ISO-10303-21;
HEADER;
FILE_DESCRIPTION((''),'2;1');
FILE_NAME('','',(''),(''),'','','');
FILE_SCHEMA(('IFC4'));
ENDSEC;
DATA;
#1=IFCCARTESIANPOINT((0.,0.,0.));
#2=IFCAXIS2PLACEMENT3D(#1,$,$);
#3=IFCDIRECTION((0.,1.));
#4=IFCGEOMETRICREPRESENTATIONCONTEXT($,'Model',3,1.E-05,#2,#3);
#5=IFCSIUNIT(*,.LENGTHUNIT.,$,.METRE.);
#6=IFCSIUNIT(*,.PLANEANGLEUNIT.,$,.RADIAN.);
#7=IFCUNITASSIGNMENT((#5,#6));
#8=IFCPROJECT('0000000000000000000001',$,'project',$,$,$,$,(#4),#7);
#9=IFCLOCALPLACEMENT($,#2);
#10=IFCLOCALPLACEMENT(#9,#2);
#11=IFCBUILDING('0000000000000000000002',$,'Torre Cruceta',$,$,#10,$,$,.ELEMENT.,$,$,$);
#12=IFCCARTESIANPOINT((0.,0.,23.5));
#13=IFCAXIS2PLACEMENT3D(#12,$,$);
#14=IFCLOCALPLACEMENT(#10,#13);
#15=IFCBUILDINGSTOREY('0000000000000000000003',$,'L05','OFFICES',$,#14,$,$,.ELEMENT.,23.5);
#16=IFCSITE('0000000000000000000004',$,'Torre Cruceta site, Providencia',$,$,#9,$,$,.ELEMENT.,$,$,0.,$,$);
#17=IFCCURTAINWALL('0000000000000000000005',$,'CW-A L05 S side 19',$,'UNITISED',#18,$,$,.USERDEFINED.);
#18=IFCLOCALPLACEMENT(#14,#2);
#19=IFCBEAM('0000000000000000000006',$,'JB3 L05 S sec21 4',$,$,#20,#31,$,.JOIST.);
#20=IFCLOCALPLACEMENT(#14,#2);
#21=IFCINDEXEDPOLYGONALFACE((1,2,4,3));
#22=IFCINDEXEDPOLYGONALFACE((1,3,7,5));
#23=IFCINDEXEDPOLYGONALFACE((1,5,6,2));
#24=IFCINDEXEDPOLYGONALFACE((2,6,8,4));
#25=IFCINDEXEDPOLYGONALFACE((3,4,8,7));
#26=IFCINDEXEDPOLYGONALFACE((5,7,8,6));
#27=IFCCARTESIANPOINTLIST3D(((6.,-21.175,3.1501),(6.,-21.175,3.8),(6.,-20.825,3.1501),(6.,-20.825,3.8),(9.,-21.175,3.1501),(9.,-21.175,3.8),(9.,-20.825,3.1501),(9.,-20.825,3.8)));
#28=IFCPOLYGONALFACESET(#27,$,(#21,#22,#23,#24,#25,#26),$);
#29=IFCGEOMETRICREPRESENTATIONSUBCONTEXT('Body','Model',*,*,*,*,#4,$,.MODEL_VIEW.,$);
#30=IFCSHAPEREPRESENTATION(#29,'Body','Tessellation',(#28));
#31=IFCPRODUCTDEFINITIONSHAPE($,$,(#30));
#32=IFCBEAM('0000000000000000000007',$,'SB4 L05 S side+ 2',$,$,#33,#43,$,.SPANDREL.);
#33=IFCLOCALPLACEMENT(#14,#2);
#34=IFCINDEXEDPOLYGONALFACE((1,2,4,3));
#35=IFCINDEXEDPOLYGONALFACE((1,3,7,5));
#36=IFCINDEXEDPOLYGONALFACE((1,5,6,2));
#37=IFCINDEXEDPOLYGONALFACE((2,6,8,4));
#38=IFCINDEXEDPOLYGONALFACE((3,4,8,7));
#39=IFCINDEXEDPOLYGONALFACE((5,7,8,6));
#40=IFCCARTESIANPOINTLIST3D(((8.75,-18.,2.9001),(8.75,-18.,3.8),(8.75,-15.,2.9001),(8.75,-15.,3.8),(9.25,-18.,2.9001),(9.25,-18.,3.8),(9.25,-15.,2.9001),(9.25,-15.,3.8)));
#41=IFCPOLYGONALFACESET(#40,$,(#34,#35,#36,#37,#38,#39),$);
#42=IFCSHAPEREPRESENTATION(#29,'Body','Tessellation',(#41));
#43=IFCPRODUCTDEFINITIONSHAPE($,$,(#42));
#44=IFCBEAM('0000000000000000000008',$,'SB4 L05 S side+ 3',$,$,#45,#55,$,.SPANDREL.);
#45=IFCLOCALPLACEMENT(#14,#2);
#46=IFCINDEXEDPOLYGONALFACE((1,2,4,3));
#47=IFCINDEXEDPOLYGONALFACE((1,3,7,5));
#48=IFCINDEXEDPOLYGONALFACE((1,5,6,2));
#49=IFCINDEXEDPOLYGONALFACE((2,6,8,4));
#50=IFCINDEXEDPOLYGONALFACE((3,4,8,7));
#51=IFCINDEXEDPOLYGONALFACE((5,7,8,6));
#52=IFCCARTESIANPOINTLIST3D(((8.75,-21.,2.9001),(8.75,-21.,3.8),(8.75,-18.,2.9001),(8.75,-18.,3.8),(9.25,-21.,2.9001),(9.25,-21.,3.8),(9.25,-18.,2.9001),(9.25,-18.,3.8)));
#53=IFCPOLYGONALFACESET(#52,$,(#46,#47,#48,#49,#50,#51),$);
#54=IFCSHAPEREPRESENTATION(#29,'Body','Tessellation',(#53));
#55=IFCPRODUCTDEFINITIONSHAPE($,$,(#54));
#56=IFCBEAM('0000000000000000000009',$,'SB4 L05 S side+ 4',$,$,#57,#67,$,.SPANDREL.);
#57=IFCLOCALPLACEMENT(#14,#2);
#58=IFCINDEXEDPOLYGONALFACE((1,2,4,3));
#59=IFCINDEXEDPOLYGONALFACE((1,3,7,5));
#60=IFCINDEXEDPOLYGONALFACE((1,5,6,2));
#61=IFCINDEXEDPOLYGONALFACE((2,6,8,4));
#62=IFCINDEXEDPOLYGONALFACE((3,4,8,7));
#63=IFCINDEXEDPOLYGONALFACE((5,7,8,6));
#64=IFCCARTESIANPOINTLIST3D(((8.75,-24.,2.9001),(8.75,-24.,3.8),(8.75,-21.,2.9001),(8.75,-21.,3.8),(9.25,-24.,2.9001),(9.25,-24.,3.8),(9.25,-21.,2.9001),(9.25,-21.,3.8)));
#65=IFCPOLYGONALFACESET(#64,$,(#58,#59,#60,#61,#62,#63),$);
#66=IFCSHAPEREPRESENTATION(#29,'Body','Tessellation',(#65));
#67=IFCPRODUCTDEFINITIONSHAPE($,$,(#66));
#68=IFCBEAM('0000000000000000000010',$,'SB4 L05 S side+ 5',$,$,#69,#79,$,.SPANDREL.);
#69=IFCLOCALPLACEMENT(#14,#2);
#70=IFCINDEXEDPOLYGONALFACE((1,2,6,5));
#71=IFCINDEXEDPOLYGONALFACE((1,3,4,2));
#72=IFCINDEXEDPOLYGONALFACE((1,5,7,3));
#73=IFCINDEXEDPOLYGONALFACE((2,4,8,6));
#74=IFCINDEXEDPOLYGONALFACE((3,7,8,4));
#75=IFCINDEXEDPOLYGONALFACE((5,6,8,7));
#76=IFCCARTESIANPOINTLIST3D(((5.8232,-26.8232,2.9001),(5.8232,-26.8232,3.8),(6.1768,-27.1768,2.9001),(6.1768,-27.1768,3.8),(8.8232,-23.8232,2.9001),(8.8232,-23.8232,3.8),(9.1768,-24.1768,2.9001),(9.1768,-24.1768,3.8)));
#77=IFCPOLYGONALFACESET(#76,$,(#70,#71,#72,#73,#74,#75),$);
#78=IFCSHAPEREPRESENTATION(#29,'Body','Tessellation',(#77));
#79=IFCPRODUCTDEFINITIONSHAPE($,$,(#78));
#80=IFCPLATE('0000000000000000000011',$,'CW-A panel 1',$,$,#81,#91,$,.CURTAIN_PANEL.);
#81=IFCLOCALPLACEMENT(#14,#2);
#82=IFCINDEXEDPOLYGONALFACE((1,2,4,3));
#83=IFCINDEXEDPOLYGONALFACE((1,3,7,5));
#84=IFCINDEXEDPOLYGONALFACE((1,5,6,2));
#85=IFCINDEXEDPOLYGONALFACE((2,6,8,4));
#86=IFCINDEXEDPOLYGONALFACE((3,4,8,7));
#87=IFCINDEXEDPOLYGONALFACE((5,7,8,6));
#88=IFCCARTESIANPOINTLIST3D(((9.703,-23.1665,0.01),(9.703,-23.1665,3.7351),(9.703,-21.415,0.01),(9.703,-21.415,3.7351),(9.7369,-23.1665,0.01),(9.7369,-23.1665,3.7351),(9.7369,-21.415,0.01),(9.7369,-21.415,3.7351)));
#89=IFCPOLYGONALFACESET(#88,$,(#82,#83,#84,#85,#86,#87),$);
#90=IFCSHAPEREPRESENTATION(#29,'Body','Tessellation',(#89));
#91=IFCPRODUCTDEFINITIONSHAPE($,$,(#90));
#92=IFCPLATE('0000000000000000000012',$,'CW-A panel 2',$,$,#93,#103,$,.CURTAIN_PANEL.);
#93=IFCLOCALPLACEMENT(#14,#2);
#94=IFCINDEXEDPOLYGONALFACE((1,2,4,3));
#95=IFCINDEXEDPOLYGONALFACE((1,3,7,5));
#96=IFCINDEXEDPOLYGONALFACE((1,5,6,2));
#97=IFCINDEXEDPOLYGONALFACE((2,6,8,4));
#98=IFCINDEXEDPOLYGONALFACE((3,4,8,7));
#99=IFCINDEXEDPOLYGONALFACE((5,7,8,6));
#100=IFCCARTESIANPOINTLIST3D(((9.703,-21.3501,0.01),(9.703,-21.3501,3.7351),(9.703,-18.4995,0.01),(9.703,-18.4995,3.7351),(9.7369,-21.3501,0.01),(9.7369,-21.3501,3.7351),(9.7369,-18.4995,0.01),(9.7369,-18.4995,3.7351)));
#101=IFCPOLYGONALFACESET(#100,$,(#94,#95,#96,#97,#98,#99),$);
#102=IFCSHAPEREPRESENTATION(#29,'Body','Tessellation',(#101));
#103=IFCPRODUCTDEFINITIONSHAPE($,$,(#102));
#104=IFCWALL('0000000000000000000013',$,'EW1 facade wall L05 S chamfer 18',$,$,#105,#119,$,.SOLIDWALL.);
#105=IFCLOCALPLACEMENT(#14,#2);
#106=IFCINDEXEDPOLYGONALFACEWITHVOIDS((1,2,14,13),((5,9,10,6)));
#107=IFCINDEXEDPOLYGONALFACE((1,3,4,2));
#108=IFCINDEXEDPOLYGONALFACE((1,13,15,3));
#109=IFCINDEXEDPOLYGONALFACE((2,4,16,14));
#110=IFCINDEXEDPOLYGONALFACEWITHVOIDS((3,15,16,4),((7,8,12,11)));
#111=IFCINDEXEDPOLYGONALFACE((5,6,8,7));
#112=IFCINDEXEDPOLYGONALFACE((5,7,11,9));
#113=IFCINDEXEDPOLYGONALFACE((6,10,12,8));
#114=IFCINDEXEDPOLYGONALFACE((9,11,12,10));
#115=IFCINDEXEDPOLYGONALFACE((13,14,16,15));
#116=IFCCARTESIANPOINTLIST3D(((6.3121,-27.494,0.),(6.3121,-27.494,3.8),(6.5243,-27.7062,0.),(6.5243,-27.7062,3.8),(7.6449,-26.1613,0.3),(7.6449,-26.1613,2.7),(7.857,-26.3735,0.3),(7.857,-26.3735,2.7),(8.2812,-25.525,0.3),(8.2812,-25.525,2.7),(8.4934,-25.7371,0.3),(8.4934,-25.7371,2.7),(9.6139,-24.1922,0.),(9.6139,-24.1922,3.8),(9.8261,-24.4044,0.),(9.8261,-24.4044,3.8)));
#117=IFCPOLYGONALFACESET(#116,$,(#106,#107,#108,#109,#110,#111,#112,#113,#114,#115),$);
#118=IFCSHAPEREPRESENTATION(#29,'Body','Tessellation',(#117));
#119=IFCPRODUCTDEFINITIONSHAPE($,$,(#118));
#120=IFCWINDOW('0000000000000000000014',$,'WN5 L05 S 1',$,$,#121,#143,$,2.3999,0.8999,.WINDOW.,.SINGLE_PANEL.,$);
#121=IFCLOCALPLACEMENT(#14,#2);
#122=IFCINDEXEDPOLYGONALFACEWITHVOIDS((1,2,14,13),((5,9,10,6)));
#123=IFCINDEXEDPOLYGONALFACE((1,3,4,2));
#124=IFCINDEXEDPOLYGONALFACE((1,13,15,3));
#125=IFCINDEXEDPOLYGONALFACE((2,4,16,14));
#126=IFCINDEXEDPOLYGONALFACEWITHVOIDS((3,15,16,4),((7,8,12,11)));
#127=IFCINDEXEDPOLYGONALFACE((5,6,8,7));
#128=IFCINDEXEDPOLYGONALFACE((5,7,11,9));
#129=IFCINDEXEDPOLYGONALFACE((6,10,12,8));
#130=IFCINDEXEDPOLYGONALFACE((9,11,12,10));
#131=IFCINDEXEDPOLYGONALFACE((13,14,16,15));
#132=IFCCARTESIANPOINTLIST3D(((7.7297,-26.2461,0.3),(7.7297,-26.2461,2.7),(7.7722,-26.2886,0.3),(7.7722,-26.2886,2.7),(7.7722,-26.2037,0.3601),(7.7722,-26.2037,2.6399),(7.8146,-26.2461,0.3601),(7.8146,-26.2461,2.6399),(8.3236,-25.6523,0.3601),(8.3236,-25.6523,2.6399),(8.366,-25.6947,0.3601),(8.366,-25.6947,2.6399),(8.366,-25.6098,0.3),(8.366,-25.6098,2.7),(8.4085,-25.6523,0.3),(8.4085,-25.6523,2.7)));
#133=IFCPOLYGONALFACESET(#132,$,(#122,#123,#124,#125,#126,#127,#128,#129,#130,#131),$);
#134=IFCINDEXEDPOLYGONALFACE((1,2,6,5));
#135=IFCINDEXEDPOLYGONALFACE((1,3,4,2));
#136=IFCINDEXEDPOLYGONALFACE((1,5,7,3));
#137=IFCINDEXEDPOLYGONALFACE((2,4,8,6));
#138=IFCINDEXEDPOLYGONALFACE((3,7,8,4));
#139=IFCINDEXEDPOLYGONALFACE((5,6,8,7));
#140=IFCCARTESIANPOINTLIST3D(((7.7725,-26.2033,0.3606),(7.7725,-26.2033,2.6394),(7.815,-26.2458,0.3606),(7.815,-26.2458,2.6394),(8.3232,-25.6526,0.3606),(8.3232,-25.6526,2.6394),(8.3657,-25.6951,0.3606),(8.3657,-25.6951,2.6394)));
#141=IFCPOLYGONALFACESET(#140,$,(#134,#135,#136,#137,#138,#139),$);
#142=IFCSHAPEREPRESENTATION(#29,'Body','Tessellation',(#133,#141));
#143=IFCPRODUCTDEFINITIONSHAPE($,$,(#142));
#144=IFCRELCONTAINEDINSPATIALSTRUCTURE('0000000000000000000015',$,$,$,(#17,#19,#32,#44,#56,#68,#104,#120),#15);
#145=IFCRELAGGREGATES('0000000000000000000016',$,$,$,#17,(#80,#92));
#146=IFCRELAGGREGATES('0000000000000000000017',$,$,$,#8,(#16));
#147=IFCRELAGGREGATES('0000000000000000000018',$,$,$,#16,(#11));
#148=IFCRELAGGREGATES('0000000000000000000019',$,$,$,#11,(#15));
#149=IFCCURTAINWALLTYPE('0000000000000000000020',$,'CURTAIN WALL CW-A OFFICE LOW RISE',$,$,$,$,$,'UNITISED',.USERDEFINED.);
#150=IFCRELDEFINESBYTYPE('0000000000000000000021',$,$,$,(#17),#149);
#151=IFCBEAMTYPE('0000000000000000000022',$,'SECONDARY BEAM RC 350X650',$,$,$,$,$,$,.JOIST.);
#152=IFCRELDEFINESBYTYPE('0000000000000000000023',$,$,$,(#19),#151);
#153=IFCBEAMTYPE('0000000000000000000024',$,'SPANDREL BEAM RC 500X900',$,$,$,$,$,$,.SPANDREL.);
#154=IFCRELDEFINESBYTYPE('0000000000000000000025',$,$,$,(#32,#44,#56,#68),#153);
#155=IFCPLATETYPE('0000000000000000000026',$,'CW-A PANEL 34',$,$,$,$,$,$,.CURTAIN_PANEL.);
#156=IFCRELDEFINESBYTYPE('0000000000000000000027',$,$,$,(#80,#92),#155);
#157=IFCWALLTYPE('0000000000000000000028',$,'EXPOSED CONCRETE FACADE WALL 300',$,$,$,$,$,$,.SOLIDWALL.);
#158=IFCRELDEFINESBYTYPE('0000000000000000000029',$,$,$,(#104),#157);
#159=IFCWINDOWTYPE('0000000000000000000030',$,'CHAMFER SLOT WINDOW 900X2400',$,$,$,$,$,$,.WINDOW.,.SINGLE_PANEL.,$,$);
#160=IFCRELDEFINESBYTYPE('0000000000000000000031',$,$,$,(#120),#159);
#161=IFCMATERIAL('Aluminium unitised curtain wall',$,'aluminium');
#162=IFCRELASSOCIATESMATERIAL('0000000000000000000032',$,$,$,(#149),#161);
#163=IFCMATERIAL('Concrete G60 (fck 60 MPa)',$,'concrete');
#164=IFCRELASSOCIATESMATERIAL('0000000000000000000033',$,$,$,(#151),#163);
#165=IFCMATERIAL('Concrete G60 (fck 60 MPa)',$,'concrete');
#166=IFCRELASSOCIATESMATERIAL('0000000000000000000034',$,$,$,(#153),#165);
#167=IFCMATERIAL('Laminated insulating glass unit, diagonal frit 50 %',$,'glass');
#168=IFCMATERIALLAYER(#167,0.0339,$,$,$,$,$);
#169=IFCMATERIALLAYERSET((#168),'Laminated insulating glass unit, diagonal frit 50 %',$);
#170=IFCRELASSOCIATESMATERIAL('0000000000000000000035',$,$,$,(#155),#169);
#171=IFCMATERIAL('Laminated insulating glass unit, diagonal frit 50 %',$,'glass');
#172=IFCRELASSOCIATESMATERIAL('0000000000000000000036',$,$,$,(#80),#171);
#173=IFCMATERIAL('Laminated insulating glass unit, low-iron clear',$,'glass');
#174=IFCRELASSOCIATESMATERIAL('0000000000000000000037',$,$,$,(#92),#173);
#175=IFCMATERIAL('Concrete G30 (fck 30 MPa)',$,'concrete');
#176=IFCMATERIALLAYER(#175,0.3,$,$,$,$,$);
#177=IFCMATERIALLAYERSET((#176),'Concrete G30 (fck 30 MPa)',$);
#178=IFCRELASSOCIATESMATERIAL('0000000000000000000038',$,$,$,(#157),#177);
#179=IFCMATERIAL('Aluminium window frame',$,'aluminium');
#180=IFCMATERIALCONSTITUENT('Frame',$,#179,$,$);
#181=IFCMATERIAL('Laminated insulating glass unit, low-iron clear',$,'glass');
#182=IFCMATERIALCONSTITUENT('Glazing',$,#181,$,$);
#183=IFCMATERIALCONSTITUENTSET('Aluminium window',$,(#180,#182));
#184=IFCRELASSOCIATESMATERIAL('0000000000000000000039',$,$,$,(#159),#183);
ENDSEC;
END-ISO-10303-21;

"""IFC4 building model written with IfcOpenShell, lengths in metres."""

from ifc_helpers import new_model, si_unit, direction, frame, frame_2d, origin, origin_2d, place, context, subcontext, project, spatial, rectangle, hollow_rectangle, extrude, material, layer, layer_set, constituent, constituent_set, material_profile, profile_set, type_object, element, fill, aggregate, save


model = new_model("IFC4")

# Units and contexts
model_context = context("Model", 3, precision=1e-05, world=origin(), true_north=direction((0.0, 1.0)))
body_context = subcontext(model_context, "Body", "Model", "MODEL_VIEW")
ifc_project = project(units=[si_unit("LENGTHUNIT", "METRE"), si_unit("PLANEANGLEUNIT", "RADIAN")], contexts=[model_context])

# Site, building, storey
site_placement = place(None, origin())
site = spatial("IfcSite", under=ifc_project, at=site_placement, Name="Torre Cruceta site, Providencia", CompositionType="ELEMENT", RefElevation=0.0)
building_placement = place(site_placement, origin())
building = spatial("IfcBuilding", under=site, at=building_placement, Name="Torre Cruceta", CompositionType="ELEMENT")
storey_placement = place(building_placement, frame((0.0, 0.0, 23.5)))
storey = spatial("IfcBuildingStorey", under=building, at=storey_placement, Name="L05", Description="OFFICES", CompositionType="ELEMENT", Elevation=23.5)

# Curtain wall
ifc_material_1 = material(Name="Aluminium unitised curtain wall", Category="aluminium")
curtain_wall_type = type_object("IfcCurtainWallType", Name="CURTAIN WALL CW-A OFFICE LOW RISE", ElementType="UNITISED", PredefinedType="USERDEFINED", material=ifc_material_1)
curtain_wall_placement = place(storey_placement, origin())
curtain_wall = element("IfcCurtainWall", 1, at=curtain_wall_placement, inside=storey, type_object=curtain_wall_type, Name="CW-A L05 S side 19", ObjectType="UNITISED", PredefinedType="USERDEFINED")

# Beams
ifc_material_2 = material(Name="Concrete G60 (fck 60 MPa)", Category="concrete")
ifc_material_profile_1 = material_profile(ifc_material_2, rectangle(XDim=0.3501, YDim=0.6499, at=origin_2d()), Name="RC 350X650")
ifc_profile_set_1 = profile_set([ifc_material_profile_1], Name="Concrete G60 (fck 60 MPa)")
beam_type_1 = type_object("IfcBeamType", Name="SECONDARY BEAM RC 350X650", PredefinedType="JOIST", material=ifc_profile_set_1)
beam_1_placement = place(storey_placement, frame((6.0, -21.0, 3.4751), z_axis=(1.0, 0.0, 0.0), x_axis=(0.0, 1.0, 0.0)))
element("IfcBeam", 2, at=beam_1_placement, inside=storey, type_object=beam_type_1, Name="JB3 L05 S sec21 4", PredefinedType="JOIST", context=body_context, shape_type="SweptSolid", body=[
    extrude(rectangle(XDim=0.3501, YDim=0.6499, at=origin_2d()), origin(), (0.0, 0.0, 1.0), 3.0),
])
ifc_material_3 = material(Name="Concrete G60 (fck 60 MPa)", Category="concrete")
ifc_material_profile_2 = material_profile(ifc_material_3, rectangle(XDim=0.5, YDim=0.8999, at=origin_2d()), Name="RC 500X900")
ifc_profile_set_2 = profile_set([ifc_material_profile_2], Name="Concrete G60 (fck 60 MPa)")
beam_type_2 = type_object("IfcBeamType", Name="SPANDREL BEAM RC 500X900", PredefinedType="SPANDREL", material=ifc_profile_set_2)
for number, where, z_axis, x_axis, name in (
    (3, (9.0, -15.0, 3.3501), (0.0, -1.0, 0.0), (1.0, 0.0, 0.0), "SB4 L05 S side+ 2"),
    (4, (9.0, -18.0, 3.3501), (0.0, -1.0, 0.0), (1.0, 0.0, 0.0), "SB4 L05 S side+ 3"),
    (5, (9.0, -21.0, 3.3501), (0.0, -1.0, 0.0), (1.0, 0.0, 0.0), "SB4 L05 S side+ 4"),
):
    element("IfcBeam", number, at=place(storey_placement, frame(where, z_axis=z_axis, x_axis=x_axis)), inside=storey, type_object=beam_type_2, Name=name, PredefinedType="SPANDREL", context=body_context, shape_type="SweptSolid", body=[
        extrude(rectangle(XDim=0.5, YDim=0.8999, at=origin_2d()), origin(), (0.0, 0.0, 1.0), 3.0),
    ])
beam_2_placement = place(storey_placement, frame((9.0, -24.0, 3.3501), z_axis=(-0.707107, -0.707107, 0.0), x_axis=(0.707107, -0.707107, 0.0)))
element("IfcBeam", 6, at=beam_2_placement, inside=storey, type_object=beam_type_2, Name="SB4 L05 S side+ 5", PredefinedType="SPANDREL", context=body_context, shape_type="SweptSolid", body=[
    extrude(rectangle(XDim=0.5, YDim=0.8999, at=origin_2d()), origin(), (0.0, 0.0, 1.0), 4.2427),
])

# Plates
ifc_material_4 = material(Name="Laminated insulating glass unit, diagonal frit 50 %", Category="glass")
ifc_material_5 = material(Name="Laminated insulating glass unit, diagonal frit 50 %", Category="glass")
ifc_layer_1 = layer(ifc_material_5, 0.0339)
ifc_layer_set_1 = layer_set([ifc_layer_1], Name="Laminated insulating glass unit, diagonal frit 50 %")
plate_type = type_object("IfcPlateType", Name="CW-A PANEL 34", PredefinedType="CURTAIN_PANEL", material=ifc_layer_set_1)
plate_1_placement = place(storey_placement, frame((9.72, -22.2908, 0.01), z_axis=(0.0, 0.0, 1.0), x_axis=(0.0, 1.0, 0.0)))
plate_1 = element("IfcPlate", 7, at=plate_1_placement, type_object=plate_type, material=ifc_material_4, Name="CW-A panel 1", PredefinedType="CURTAIN_PANEL", context=body_context, shape_type="SweptSolid", body=[
    extrude(rectangle(XDim=1.7515, YDim=0.0339, at=origin_2d()), origin(), (0.0, 0.0, 1.0), 3.7251),
])
ifc_material_6 = material(Name="Laminated insulating glass unit, low-iron clear", Category="glass")
plate_2_placement = place(storey_placement, frame((9.72, -19.9248, 0.01), z_axis=(0.0, 0.0, 1.0), x_axis=(0.0, 1.0, 0.0)))
plate_2 = element("IfcPlate", 8, at=plate_2_placement, type_object=plate_type, material=ifc_material_6, Name="CW-A panel 2", PredefinedType="CURTAIN_PANEL", context=body_context, shape_type="SweptSolid", body=[
    extrude(rectangle(XDim=2.8506, YDim=0.0339, at=origin_2d()), origin(), (0.0, 0.0, 1.0), 3.7251),
])
aggregate(curtain_wall, [plate_1, plate_2])

# Wall, opening, window
ifc_material_7 = material(Name="Concrete G30 (fck 30 MPa)", Category="concrete")
ifc_layer_2 = layer(ifc_material_7, 0.3)
ifc_layer_set_2 = layer_set([ifc_layer_2], Name="Concrete G30 (fck 30 MPa)")
wall_type_1 = type_object("IfcWallType", Name="EXPOSED CONCRETE FACADE WALL 300", PredefinedType="SOLIDWALL", material=ifc_layer_set_2)
wall_1_placement = place(storey_placement, frame((6.4182, -27.6001, 0.0), z_axis=(0.0, 0.0, 1.0), x_axis=(0.707107, 0.707107, 0.0)))
wall_1 = element("IfcWall", 9, at=wall_1_placement, inside=storey, type_object=wall_type_1, Name="EW1 facade wall L05 S chamfer 18", PredefinedType="SOLIDWALL", context=body_context, shape_type="SweptSolid", body=[
    extrude(rectangle(XDim=4.6694, YDim=0.3, at=frame_2d((2.3347, 0.0))), origin(), (0.0, 0.0, 1.0), 3.8),
])
opening_1_placement = place(wall_1_placement, frame((1.8848, 0.0, 0.3)))
opening_1 = element("IfcOpeningElement", 10, at=opening_1_placement, cuts=wall_1, PredefinedType="OPENING", context=body_context, shape_type="SweptSolid", body=[
    extrude(rectangle(XDim=0.8999, YDim=2.3999, at=frame_2d((0.45, 1.2))), frame((0.0, 0.1599, 0.0), z_axis=(0.0, -1.0, 0.0), x_axis=(1.0, 0.0, 0.0)), (0.0, 0.0, 1.0), 0.3201),
])
ifc_material_8 = material(Name="Aluminium window frame", Category="aluminium")
ifc_constituent_1 = constituent(ifc_material_8, Name="Frame")
ifc_material_9 = material(Name="Laminated insulating glass unit, low-iron clear", Category="glass")
ifc_constituent_2 = constituent(ifc_material_9, Name="Glazing")
ifc_constituent_set_1 = constituent_set(constituents=[ifc_constituent_1, ifc_constituent_2], Name="Aluminium window")
window_type = type_object("IfcWindowType", Name="CHAMFER SLOT WINDOW 900X2400", PartitioningType="SINGLE_PANEL", PredefinedType="WINDOW", material=ifc_constituent_set_1)
window_placement = place(opening_1_placement, origin())
window = element("IfcWindow", 11, at=window_placement, inside=storey, type_object=window_type, Name="WN5 L05 S 1", OverallHeight=2.3999, OverallWidth=0.8999, PartitioningType="SINGLE_PANEL", PredefinedType="WINDOW", context=body_context, shape_type="SweptSolid", body=[
    extrude(hollow_rectangle(XDim=0.8999, YDim=2.3999, WallThickness=0.0601, at=frame_2d((0.45, 1.2))), frame((0.0, 0.03, 0.0), z_axis=(0.0, -1.0, 0.0), x_axis=(1.0, 0.0, 0.0)), (0.0, 0.0, 1.0), 0.0601),
    extrude(rectangle(XDim=0.7788, YDim=2.2788, at=frame_2d((0.45, 1.2))), frame((0.0, 0.03, 0.0), z_axis=(0.0, -1.0, 0.0), x_axis=(1.0, 0.0, 0.0)), (0.0, 0.0, 1.0), 0.0601),
])
fill(opening_1, window)

save(model, "model.ifc")
